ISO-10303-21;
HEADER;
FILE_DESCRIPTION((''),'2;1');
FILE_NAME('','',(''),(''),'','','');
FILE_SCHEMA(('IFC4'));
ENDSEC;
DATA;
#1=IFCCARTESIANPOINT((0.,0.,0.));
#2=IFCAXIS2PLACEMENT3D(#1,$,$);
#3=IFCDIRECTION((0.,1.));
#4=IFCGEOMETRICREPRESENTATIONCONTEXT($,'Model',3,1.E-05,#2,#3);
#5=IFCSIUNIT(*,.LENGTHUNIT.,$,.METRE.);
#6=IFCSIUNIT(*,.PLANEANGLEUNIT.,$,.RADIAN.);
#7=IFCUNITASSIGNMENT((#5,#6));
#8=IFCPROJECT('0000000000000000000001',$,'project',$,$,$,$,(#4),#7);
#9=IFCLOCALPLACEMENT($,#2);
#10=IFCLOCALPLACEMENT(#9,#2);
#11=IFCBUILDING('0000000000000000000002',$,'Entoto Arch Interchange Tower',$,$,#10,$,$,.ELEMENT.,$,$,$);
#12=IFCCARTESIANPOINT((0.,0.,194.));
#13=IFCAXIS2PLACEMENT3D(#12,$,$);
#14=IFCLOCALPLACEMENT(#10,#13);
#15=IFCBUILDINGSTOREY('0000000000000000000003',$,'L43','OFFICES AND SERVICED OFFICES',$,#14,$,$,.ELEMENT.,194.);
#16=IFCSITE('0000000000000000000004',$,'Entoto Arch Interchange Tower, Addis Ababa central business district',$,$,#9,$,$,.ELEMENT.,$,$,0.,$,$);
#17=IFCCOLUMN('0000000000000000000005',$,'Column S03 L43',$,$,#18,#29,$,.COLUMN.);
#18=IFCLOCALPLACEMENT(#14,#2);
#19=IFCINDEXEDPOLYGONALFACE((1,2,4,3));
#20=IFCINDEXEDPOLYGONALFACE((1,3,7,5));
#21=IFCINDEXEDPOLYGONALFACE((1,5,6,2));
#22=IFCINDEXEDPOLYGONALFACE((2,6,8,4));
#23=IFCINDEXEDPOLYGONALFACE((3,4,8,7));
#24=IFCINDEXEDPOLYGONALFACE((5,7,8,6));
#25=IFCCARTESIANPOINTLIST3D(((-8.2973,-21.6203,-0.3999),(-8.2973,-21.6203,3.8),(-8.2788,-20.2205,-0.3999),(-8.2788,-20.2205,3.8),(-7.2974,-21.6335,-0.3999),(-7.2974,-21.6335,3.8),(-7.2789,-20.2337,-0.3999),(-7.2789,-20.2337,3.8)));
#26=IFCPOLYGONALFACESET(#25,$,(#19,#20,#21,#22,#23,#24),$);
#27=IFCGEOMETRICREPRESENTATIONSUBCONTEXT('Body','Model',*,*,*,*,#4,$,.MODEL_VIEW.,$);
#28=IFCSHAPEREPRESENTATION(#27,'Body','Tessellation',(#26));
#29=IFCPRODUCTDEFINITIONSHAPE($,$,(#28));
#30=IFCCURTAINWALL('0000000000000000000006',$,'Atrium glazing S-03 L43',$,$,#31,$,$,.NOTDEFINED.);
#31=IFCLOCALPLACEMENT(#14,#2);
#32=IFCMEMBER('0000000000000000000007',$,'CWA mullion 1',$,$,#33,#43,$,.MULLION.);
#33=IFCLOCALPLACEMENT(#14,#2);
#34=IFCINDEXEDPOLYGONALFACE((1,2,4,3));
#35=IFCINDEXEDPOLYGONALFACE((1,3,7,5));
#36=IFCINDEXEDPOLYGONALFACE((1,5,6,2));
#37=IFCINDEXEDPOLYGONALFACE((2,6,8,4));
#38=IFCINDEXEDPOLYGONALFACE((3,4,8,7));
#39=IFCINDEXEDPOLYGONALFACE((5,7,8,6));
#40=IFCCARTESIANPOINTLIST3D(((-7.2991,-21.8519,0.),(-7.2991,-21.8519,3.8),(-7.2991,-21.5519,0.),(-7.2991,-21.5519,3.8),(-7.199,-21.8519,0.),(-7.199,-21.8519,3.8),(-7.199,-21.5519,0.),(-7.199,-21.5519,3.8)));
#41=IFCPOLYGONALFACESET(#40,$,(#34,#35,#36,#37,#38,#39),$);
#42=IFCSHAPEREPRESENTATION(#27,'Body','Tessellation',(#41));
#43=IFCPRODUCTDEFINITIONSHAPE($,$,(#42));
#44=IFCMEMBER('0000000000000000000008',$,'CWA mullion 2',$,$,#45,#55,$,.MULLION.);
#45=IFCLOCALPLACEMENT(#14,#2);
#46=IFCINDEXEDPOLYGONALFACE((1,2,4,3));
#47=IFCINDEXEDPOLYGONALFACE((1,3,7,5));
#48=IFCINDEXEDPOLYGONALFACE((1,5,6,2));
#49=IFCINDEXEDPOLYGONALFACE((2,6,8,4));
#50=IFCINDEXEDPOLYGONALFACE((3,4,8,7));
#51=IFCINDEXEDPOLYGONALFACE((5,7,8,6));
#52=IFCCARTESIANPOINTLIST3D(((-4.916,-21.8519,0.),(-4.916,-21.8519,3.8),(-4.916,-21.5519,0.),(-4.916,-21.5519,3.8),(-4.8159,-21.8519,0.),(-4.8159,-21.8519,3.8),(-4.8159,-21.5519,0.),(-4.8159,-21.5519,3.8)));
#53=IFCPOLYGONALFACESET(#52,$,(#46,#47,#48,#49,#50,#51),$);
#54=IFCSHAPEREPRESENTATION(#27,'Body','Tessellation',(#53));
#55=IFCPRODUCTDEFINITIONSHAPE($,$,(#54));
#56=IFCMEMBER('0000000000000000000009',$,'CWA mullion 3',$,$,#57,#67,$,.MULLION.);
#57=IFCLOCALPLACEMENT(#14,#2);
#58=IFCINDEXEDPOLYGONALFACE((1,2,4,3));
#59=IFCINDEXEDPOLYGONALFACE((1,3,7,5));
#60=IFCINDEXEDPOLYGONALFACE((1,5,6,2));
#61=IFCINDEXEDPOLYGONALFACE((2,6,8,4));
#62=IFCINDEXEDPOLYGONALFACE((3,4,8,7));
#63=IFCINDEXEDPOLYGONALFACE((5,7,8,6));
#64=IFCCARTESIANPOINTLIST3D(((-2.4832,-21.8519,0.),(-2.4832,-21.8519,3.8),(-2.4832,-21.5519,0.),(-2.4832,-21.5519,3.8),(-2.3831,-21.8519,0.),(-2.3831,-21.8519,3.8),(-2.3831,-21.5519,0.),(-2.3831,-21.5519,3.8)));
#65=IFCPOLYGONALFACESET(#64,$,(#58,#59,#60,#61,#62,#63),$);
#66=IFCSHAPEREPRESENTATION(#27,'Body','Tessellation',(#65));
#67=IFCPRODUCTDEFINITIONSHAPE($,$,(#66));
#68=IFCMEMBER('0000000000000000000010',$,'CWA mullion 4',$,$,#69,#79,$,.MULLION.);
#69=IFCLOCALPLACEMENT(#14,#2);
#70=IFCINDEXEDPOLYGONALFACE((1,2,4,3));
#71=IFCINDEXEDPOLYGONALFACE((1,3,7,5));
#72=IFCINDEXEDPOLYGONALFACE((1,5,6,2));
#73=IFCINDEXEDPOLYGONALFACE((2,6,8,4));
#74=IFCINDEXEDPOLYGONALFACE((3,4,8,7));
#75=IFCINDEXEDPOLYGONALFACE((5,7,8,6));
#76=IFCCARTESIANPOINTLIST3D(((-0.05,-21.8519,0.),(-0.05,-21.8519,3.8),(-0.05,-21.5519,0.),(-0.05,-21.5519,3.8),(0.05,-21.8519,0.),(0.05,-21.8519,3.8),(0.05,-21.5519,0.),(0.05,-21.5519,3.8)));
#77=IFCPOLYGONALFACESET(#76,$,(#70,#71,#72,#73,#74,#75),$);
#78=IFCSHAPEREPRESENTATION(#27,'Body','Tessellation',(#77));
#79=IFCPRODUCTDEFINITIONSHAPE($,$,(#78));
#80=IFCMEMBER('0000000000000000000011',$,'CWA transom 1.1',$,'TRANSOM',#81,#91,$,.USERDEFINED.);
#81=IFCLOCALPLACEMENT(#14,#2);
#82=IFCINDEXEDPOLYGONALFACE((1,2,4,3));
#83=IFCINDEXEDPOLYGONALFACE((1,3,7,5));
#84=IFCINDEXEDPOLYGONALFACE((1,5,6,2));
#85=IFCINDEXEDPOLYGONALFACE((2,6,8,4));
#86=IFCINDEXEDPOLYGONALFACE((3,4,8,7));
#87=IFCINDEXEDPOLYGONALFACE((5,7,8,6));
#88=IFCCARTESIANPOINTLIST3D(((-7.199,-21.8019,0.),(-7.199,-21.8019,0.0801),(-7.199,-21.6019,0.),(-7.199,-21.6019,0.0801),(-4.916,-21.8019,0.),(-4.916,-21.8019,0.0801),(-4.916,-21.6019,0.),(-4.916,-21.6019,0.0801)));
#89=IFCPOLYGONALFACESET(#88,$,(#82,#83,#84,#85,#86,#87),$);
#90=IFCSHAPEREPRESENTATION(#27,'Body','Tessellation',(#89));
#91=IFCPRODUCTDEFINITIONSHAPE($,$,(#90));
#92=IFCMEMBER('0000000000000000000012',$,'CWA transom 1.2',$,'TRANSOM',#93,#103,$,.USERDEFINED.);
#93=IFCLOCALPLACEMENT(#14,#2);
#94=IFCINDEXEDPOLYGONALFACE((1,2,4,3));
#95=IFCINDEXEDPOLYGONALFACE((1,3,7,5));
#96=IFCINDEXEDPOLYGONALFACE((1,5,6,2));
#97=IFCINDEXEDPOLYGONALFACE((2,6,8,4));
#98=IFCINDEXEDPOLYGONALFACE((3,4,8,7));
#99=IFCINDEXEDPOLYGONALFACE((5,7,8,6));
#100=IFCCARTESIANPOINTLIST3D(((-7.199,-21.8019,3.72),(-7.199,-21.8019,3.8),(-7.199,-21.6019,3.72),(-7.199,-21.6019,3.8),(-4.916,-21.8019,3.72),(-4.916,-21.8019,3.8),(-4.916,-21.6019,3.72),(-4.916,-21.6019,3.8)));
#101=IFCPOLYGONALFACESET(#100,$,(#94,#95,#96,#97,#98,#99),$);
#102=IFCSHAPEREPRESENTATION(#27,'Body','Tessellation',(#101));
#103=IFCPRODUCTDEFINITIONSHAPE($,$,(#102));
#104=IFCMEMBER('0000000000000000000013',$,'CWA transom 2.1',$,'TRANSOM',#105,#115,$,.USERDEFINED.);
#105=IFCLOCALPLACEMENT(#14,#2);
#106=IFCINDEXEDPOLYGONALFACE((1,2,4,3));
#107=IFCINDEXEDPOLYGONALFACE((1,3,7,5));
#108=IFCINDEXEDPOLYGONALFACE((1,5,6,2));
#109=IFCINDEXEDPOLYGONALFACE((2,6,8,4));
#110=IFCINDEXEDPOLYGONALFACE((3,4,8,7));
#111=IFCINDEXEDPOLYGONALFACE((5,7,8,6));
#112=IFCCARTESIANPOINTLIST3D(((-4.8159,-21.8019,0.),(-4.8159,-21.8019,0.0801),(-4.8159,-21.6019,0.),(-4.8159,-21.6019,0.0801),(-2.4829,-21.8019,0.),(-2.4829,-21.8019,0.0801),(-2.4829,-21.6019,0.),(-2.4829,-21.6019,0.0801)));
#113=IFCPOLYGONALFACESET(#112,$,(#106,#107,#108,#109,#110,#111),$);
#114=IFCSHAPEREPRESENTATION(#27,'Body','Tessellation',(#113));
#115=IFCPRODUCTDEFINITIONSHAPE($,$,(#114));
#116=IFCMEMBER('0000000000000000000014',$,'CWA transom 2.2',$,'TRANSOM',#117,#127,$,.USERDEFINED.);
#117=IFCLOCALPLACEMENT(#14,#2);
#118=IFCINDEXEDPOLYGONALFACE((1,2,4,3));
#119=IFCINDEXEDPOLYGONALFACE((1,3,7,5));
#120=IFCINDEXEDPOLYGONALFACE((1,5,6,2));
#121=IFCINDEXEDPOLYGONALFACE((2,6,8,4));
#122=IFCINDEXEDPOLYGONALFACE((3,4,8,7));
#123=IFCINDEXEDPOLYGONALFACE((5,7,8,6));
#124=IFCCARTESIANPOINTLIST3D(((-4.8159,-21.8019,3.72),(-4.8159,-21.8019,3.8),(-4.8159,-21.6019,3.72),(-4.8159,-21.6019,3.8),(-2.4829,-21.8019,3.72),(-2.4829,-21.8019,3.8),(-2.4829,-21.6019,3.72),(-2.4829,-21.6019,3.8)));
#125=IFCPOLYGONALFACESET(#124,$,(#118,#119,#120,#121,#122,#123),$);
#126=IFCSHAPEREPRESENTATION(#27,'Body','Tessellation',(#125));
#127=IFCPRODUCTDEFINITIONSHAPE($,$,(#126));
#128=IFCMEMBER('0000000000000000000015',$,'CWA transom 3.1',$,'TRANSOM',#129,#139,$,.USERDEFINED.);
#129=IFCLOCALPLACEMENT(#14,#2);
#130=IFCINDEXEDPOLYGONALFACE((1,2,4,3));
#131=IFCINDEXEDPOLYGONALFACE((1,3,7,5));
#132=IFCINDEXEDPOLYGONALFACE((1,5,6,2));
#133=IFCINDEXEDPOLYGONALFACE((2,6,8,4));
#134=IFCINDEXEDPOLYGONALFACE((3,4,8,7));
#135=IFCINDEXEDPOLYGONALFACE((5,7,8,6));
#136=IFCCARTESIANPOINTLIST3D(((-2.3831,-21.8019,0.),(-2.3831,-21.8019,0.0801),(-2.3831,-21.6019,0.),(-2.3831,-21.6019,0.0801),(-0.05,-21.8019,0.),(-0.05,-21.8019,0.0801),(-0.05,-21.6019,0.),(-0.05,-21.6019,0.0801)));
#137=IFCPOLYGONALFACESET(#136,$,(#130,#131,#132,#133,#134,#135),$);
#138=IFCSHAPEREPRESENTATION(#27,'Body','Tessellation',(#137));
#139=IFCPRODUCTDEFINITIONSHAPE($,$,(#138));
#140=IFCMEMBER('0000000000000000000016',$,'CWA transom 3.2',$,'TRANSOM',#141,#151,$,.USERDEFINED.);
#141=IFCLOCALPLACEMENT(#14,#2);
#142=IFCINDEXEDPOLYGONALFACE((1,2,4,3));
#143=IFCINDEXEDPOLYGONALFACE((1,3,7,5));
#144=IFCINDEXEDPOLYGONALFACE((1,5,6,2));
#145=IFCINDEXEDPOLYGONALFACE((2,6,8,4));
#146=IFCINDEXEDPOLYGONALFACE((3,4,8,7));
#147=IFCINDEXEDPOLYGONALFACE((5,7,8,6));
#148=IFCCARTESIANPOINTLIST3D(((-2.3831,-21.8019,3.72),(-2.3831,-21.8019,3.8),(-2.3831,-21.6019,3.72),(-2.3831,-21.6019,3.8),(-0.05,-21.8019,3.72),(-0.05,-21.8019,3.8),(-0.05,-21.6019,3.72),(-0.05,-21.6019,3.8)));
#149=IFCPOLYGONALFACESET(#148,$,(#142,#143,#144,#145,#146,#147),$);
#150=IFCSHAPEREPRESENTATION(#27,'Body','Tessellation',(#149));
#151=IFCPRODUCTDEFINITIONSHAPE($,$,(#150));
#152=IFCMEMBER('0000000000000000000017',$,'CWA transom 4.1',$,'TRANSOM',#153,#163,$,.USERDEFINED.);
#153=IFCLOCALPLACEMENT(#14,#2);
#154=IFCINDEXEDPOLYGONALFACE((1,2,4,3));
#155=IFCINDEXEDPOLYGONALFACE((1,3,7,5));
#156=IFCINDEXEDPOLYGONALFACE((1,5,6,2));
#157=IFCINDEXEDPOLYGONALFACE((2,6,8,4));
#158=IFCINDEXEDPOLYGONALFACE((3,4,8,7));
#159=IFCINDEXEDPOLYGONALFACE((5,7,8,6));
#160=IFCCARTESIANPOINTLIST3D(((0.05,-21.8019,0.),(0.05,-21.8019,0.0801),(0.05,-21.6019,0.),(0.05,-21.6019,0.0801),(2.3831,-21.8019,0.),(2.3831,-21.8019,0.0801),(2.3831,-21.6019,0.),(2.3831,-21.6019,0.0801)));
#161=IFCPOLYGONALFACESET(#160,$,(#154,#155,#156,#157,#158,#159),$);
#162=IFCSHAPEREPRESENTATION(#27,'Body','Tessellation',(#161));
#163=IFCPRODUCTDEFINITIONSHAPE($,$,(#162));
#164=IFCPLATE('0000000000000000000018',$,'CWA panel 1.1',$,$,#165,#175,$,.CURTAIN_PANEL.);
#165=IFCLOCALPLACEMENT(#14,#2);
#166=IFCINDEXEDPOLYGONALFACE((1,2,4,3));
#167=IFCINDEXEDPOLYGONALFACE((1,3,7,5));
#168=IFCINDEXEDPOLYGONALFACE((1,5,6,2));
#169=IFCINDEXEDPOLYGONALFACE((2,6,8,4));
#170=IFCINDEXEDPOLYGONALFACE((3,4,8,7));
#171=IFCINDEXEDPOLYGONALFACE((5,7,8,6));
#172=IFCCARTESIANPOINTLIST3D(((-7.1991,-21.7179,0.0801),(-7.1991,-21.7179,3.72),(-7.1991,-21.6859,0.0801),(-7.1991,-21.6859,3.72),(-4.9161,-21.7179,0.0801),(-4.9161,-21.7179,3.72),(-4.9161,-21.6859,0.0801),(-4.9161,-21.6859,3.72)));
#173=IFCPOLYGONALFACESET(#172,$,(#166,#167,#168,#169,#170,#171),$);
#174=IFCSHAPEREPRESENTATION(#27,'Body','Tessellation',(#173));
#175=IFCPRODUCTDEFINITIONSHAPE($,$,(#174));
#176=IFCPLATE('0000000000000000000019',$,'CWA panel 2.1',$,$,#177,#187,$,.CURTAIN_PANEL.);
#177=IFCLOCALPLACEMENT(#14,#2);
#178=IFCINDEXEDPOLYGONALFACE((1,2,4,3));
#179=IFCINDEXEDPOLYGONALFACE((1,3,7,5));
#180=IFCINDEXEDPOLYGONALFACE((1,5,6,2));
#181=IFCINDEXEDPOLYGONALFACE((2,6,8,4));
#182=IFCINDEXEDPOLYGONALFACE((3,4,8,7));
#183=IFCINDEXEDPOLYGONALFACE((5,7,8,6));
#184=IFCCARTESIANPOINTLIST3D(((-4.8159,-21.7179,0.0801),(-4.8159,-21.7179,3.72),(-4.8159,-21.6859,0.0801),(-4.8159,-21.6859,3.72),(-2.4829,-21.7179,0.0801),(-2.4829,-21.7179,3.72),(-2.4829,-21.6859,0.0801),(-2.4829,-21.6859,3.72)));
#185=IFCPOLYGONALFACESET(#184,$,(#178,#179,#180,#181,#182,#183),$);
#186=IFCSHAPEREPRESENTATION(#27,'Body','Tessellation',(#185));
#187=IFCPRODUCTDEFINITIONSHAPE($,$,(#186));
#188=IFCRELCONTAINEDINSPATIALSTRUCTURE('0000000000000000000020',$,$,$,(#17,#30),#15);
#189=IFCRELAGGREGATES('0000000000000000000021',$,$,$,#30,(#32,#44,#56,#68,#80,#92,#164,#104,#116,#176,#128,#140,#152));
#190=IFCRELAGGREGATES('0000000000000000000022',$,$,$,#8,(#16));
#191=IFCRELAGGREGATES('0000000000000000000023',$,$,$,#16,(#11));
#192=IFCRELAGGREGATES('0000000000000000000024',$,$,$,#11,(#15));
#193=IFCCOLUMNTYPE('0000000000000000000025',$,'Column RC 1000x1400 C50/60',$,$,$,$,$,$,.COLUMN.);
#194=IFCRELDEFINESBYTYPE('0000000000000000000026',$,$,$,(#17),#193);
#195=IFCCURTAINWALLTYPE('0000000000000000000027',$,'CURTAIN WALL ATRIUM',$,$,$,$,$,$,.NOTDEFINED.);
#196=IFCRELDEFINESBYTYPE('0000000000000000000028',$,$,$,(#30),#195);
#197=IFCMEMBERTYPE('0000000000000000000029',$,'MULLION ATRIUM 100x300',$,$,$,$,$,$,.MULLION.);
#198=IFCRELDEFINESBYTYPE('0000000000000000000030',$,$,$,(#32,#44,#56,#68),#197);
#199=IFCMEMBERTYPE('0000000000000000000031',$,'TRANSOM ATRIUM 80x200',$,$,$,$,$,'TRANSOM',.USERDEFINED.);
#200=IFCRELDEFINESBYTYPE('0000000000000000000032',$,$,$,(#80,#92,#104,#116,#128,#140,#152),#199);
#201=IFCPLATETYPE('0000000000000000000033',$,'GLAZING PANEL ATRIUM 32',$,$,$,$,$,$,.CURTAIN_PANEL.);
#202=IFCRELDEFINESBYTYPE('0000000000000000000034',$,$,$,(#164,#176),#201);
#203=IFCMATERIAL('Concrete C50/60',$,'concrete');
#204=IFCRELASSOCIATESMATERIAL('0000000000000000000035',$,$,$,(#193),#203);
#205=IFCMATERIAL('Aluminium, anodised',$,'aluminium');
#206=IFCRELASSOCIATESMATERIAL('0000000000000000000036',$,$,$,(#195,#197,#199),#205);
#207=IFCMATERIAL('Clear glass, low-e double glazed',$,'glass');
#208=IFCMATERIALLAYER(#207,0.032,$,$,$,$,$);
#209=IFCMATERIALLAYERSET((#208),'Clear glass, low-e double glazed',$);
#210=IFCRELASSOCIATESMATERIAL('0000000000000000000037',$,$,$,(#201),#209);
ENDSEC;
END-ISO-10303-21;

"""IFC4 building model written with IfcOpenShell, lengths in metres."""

from ifc_helpers import new_model, si_unit, direction, frame, origin, origin_2d, place, context, subcontext, project, spatial, rectangle, extrude, material, layer, layer_set, material_profile, profile_set, type_object, element, aggregate, save


model = new_model("IFC4")

# Units and contexts
model_context = context("Model", 3, precision=1e-05, world=origin(), true_north=direction((0.0, 1.0)))
body_context = subcontext(model_context, "Body", "Model", "MODEL_VIEW")
ifc_project = project(units=[si_unit("LENGTHUNIT", "METRE"), si_unit("PLANEANGLEUNIT", "RADIAN")], contexts=[model_context])

# Site, building, storey
site_placement = place(None, origin())
site = spatial("IfcSite", under=ifc_project, at=site_placement, Name="Entoto Arch Interchange Tower, Addis Ababa central business district", CompositionType="ELEMENT", RefElevation=0.0)
building_placement = place(site_placement, origin())
building = spatial("IfcBuilding", under=site, at=building_placement, Name="Entoto Arch Interchange Tower", CompositionType="ELEMENT")
storey_placement = place(building_placement, frame((0.0, 0.0, 194.0)))
storey = spatial("IfcBuildingStorey", under=building, at=storey_placement, Name="L43", Description="OFFICES AND SERVICED OFFICES", CompositionType="ELEMENT", Elevation=194.0)

# Column
ifc_material_1 = material(Name="Concrete C50/60", Category="concrete")
ifc_material_profile_1 = material_profile(ifc_material_1, rectangle(XDim=1.0, YDim=1.3999, at=origin_2d()))
ifc_profile_set_1 = profile_set([ifc_material_profile_1], Name="Concrete C50/60")
column_type = type_object("IfcColumnType", Name="Column RC 1000x1400 C50/60", PredefinedType="COLUMN", material=ifc_profile_set_1)
column_placement = place(storey_placement, frame((-7.7881, -20.927, -0.3999), z_axis=(0.0, 0.0, 1.0), x_axis=(-0.999913, 0.013177, 0.0)))
element("IfcColumn", 1, at=column_placement, inside=storey, type_object=column_type, Name="Column S03 L43", PredefinedType="COLUMN", context=body_context, shape_type="SweptSolid", body=[
    extrude(rectangle(XDim=1.0, YDim=1.3999, at=origin_2d()), origin(), (0.0, 0.0, 1.0), 4.2),
])

# Curtain wall, members, plates
ifc_material_2 = material(Name="Aluminium, anodised", Category="aluminium")
curtain_wall_type = type_object("IfcCurtainWallType", Name="CURTAIN WALL ATRIUM", PredefinedType="NOTDEFINED", material=ifc_material_2)
curtain_wall_placement = place(storey_placement, origin())
curtain_wall = element("IfcCurtainWall", 2, at=curtain_wall_placement, inside=storey, type_object=curtain_wall_type, Name="Atrium glazing S-03 L43", PredefinedType="NOTDEFINED")
ifc_material_profile_2 = material_profile(ifc_material_2, rectangle(XDim=0.3, YDim=0.1001, at=origin_2d()))
ifc_profile_set_2 = profile_set([ifc_material_profile_2], Name="Aluminium, anodised")
member_type_1 = type_object("IfcMemberType", Name="MULLION ATRIUM 100x300", PredefinedType="MULLION", material=ifc_profile_set_2)
member_1_placement = place(storey_placement, frame((-7.249, -21.7019, 0.0), z_axis=(0.0, 0.0, 1.0), x_axis=(0.0, 1.0, 0.0)))
member_1 = element("IfcMember", 3, at=member_1_placement, type_object=member_type_1, Name="CWA mullion 1", PredefinedType="MULLION", context=body_context, shape_type="SweptSolid", body=[
    extrude(rectangle(XDim=0.3, YDim=0.1001, at=origin_2d()), origin(), (0.0, 0.0, 1.0), 3.8),
])
member_2_placement = place(storey_placement, frame((-4.866, -21.7019, 0.0), z_axis=(0.0, 0.0, 1.0), x_axis=(0.0, 1.0, 0.0)))
member_2 = element("IfcMember", 4, at=member_2_placement, type_object=member_type_1, Name="CWA mullion 2", PredefinedType="MULLION", context=body_context, shape_type="SweptSolid", body=[
    extrude(rectangle(XDim=0.3, YDim=0.1001, at=origin_2d()), origin(), (0.0, 0.0, 1.0), 3.8),
])
member_3_placement = place(storey_placement, frame((-2.4331, -21.7019, 0.0), z_axis=(0.0, 0.0, 1.0), x_axis=(0.0, 1.0, 0.0)))
member_3 = element("IfcMember", 5, at=member_3_placement, type_object=member_type_1, Name="CWA mullion 3", PredefinedType="MULLION", context=body_context, shape_type="SweptSolid", body=[
    extrude(rectangle(XDim=0.3, YDim=0.1001, at=origin_2d()), origin(), (0.0, 0.0, 1.0), 3.8),
])
member_4_placement = place(storey_placement, frame((0.0, -21.7019, 0.0), z_axis=(0.0, 0.0, 1.0), x_axis=(0.0, 1.0, 0.0)))
member_4 = element("IfcMember", 6, at=member_4_placement, type_object=member_type_1, Name="CWA mullion 4", PredefinedType="MULLION", context=body_context, shape_type="SweptSolid", body=[
    extrude(rectangle(XDim=0.3, YDim=0.1001, at=origin_2d()), origin(), (0.0, 0.0, 1.0), 3.8),
])
ifc_material_profile_3 = material_profile(ifc_material_2, rectangle(XDim=0.2, YDim=0.0801, at=origin_2d()))
ifc_profile_set_3 = profile_set([ifc_material_profile_3], Name="Aluminium, anodised")
member_type_2 = type_object("IfcMemberType", Name="TRANSOM ATRIUM 80x200", ElementType="TRANSOM", PredefinedType="USERDEFINED", material=ifc_profile_set_3)
member_5_placement = place(storey_placement, frame((-7.199, -21.7019, 0.04), z_axis=(1.0, 0.0, 0.0), x_axis=(0.0, 1.0, 0.0)))
member_5 = element("IfcMember", 7, at=member_5_placement, type_object=member_type_2, Name="CWA transom 1.1", ObjectType="TRANSOM", PredefinedType="USERDEFINED", context=body_context, shape_type="SweptSolid", body=[
    extrude(rectangle(XDim=0.2, YDim=0.0801, at=origin_2d()), origin(), (0.0, 0.0, 1.0), 2.283),
])
member_6_placement = place(storey_placement, frame((-7.199, -21.7019, 3.76), z_axis=(1.0, 0.0, 0.0), x_axis=(0.0, 1.0, 0.0)))
member_6 = element("IfcMember", 8, at=member_6_placement, type_object=member_type_2, Name="CWA transom 1.2", ObjectType="TRANSOM", PredefinedType="USERDEFINED", context=body_context, shape_type="SweptSolid", body=[
    extrude(rectangle(XDim=0.2, YDim=0.0801, at=origin_2d()), origin(), (0.0, 0.0, 1.0), 2.283),
])
member_7_placement = place(storey_placement, frame((-4.8159, -21.7019, 0.04), z_axis=(1.0, 0.0, 0.0), x_axis=(0.0, 1.0, 0.0)))
member_7 = element("IfcMember", 9, at=member_7_placement, type_object=member_type_2, Name="CWA transom 2.1", ObjectType="TRANSOM", PredefinedType="USERDEFINED", context=body_context, shape_type="SweptSolid", body=[
    extrude(rectangle(XDim=0.2, YDim=0.0801, at=origin_2d()), origin(), (0.0, 0.0, 1.0), 2.333),
])
member_8_placement = place(storey_placement, frame((-4.8159, -21.7019, 3.76), z_axis=(1.0, 0.0, 0.0), x_axis=(0.0, 1.0, 0.0)))
member_8 = element("IfcMember", 10, at=member_8_placement, type_object=member_type_2, Name="CWA transom 2.2", ObjectType="TRANSOM", PredefinedType="USERDEFINED", context=body_context, shape_type="SweptSolid", body=[
    extrude(rectangle(XDim=0.2, YDim=0.0801, at=origin_2d()), origin(), (0.0, 0.0, 1.0), 2.333),
])
member_9_placement = place(storey_placement, frame((-2.3831, -21.7019, 0.04), z_axis=(1.0, 0.0, 0.0), x_axis=(0.0, 1.0, 0.0)))
member_9 = element("IfcMember", 11, at=member_9_placement, type_object=member_type_2, Name="CWA transom 3.1", ObjectType="TRANSOM", PredefinedType="USERDEFINED", context=body_context, shape_type="SweptSolid", body=[
    extrude(rectangle(XDim=0.2, YDim=0.0801, at=origin_2d()), origin(), (0.0, 0.0, 1.0), 2.333),
])
member_10_placement = place(storey_placement, frame((-2.3831, -21.7019, 3.76), z_axis=(1.0, 0.0, 0.0), x_axis=(0.0, 1.0, 0.0)))
member_10 = element("IfcMember", 12, at=member_10_placement, type_object=member_type_2, Name="CWA transom 3.2", ObjectType="TRANSOM", PredefinedType="USERDEFINED", context=body_context, shape_type="SweptSolid", body=[
    extrude(rectangle(XDim=0.2, YDim=0.0801, at=origin_2d()), origin(), (0.0, 0.0, 1.0), 2.333),
])
member_11_placement = place(storey_placement, frame((0.05, -21.7019, 0.04), z_axis=(1.0, 0.0, 0.0), x_axis=(0.0, 1.0, 0.0)))
member_11 = element("IfcMember", 13, at=member_11_placement, type_object=member_type_2, Name="CWA transom 4.1", ObjectType="TRANSOM", PredefinedType="USERDEFINED", context=body_context, shape_type="SweptSolid", body=[
    extrude(rectangle(XDim=0.2, YDim=0.0801, at=origin_2d()), origin(), (0.0, 0.0, 1.0), 2.333),
])
ifc_material_3 = material(Name="Clear glass, low-e double glazed", Category="glass")
ifc_layer_1 = layer(ifc_material_3, 0.032)
ifc_layer_set_1 = layer_set([ifc_layer_1], Name="Clear glass, low-e double glazed")
plate_type = type_object("IfcPlateType", Name="GLAZING PANEL ATRIUM 32", PredefinedType="CURTAIN_PANEL", material=ifc_layer_set_1)
plate_1_placement = place(storey_placement, frame((-6.0576, -21.7019, 0.0801), z_axis=(0.0, 0.0, 1.0), x_axis=(1.0, 0.0, 0.0)))
plate_1 = element("IfcPlate", 14, at=plate_1_placement, type_object=plate_type, Name="CWA panel 1.1", PredefinedType="CURTAIN_PANEL", context=body_context, shape_type="SweptSolid", body=[
    extrude(rectangle(XDim=2.283, YDim=0.032, at=origin_2d()), origin(), (0.0, 0.0, 1.0), 3.6399),
])
plate_2_placement = place(storey_placement, frame((-3.6494, -21.7019, 0.0801), z_axis=(0.0, 0.0, 1.0), x_axis=(1.0, 0.0, 0.0)))
plate_2 = element("IfcPlate", 15, at=plate_2_placement, type_object=plate_type, Name="CWA panel 2.1", PredefinedType="CURTAIN_PANEL", context=body_context, shape_type="SweptSolid", body=[
    extrude(rectangle(XDim=2.333, YDim=0.032, at=origin_2d()), origin(), (0.0, 0.0, 1.0), 3.6399),
])
aggregate(curtain_wall, [member_1, member_2, member_3, member_4, member_5, member_6, plate_1, member_7, member_8, plate_2, member_9, member_10, member_11])

save(model, "model.ifc")
